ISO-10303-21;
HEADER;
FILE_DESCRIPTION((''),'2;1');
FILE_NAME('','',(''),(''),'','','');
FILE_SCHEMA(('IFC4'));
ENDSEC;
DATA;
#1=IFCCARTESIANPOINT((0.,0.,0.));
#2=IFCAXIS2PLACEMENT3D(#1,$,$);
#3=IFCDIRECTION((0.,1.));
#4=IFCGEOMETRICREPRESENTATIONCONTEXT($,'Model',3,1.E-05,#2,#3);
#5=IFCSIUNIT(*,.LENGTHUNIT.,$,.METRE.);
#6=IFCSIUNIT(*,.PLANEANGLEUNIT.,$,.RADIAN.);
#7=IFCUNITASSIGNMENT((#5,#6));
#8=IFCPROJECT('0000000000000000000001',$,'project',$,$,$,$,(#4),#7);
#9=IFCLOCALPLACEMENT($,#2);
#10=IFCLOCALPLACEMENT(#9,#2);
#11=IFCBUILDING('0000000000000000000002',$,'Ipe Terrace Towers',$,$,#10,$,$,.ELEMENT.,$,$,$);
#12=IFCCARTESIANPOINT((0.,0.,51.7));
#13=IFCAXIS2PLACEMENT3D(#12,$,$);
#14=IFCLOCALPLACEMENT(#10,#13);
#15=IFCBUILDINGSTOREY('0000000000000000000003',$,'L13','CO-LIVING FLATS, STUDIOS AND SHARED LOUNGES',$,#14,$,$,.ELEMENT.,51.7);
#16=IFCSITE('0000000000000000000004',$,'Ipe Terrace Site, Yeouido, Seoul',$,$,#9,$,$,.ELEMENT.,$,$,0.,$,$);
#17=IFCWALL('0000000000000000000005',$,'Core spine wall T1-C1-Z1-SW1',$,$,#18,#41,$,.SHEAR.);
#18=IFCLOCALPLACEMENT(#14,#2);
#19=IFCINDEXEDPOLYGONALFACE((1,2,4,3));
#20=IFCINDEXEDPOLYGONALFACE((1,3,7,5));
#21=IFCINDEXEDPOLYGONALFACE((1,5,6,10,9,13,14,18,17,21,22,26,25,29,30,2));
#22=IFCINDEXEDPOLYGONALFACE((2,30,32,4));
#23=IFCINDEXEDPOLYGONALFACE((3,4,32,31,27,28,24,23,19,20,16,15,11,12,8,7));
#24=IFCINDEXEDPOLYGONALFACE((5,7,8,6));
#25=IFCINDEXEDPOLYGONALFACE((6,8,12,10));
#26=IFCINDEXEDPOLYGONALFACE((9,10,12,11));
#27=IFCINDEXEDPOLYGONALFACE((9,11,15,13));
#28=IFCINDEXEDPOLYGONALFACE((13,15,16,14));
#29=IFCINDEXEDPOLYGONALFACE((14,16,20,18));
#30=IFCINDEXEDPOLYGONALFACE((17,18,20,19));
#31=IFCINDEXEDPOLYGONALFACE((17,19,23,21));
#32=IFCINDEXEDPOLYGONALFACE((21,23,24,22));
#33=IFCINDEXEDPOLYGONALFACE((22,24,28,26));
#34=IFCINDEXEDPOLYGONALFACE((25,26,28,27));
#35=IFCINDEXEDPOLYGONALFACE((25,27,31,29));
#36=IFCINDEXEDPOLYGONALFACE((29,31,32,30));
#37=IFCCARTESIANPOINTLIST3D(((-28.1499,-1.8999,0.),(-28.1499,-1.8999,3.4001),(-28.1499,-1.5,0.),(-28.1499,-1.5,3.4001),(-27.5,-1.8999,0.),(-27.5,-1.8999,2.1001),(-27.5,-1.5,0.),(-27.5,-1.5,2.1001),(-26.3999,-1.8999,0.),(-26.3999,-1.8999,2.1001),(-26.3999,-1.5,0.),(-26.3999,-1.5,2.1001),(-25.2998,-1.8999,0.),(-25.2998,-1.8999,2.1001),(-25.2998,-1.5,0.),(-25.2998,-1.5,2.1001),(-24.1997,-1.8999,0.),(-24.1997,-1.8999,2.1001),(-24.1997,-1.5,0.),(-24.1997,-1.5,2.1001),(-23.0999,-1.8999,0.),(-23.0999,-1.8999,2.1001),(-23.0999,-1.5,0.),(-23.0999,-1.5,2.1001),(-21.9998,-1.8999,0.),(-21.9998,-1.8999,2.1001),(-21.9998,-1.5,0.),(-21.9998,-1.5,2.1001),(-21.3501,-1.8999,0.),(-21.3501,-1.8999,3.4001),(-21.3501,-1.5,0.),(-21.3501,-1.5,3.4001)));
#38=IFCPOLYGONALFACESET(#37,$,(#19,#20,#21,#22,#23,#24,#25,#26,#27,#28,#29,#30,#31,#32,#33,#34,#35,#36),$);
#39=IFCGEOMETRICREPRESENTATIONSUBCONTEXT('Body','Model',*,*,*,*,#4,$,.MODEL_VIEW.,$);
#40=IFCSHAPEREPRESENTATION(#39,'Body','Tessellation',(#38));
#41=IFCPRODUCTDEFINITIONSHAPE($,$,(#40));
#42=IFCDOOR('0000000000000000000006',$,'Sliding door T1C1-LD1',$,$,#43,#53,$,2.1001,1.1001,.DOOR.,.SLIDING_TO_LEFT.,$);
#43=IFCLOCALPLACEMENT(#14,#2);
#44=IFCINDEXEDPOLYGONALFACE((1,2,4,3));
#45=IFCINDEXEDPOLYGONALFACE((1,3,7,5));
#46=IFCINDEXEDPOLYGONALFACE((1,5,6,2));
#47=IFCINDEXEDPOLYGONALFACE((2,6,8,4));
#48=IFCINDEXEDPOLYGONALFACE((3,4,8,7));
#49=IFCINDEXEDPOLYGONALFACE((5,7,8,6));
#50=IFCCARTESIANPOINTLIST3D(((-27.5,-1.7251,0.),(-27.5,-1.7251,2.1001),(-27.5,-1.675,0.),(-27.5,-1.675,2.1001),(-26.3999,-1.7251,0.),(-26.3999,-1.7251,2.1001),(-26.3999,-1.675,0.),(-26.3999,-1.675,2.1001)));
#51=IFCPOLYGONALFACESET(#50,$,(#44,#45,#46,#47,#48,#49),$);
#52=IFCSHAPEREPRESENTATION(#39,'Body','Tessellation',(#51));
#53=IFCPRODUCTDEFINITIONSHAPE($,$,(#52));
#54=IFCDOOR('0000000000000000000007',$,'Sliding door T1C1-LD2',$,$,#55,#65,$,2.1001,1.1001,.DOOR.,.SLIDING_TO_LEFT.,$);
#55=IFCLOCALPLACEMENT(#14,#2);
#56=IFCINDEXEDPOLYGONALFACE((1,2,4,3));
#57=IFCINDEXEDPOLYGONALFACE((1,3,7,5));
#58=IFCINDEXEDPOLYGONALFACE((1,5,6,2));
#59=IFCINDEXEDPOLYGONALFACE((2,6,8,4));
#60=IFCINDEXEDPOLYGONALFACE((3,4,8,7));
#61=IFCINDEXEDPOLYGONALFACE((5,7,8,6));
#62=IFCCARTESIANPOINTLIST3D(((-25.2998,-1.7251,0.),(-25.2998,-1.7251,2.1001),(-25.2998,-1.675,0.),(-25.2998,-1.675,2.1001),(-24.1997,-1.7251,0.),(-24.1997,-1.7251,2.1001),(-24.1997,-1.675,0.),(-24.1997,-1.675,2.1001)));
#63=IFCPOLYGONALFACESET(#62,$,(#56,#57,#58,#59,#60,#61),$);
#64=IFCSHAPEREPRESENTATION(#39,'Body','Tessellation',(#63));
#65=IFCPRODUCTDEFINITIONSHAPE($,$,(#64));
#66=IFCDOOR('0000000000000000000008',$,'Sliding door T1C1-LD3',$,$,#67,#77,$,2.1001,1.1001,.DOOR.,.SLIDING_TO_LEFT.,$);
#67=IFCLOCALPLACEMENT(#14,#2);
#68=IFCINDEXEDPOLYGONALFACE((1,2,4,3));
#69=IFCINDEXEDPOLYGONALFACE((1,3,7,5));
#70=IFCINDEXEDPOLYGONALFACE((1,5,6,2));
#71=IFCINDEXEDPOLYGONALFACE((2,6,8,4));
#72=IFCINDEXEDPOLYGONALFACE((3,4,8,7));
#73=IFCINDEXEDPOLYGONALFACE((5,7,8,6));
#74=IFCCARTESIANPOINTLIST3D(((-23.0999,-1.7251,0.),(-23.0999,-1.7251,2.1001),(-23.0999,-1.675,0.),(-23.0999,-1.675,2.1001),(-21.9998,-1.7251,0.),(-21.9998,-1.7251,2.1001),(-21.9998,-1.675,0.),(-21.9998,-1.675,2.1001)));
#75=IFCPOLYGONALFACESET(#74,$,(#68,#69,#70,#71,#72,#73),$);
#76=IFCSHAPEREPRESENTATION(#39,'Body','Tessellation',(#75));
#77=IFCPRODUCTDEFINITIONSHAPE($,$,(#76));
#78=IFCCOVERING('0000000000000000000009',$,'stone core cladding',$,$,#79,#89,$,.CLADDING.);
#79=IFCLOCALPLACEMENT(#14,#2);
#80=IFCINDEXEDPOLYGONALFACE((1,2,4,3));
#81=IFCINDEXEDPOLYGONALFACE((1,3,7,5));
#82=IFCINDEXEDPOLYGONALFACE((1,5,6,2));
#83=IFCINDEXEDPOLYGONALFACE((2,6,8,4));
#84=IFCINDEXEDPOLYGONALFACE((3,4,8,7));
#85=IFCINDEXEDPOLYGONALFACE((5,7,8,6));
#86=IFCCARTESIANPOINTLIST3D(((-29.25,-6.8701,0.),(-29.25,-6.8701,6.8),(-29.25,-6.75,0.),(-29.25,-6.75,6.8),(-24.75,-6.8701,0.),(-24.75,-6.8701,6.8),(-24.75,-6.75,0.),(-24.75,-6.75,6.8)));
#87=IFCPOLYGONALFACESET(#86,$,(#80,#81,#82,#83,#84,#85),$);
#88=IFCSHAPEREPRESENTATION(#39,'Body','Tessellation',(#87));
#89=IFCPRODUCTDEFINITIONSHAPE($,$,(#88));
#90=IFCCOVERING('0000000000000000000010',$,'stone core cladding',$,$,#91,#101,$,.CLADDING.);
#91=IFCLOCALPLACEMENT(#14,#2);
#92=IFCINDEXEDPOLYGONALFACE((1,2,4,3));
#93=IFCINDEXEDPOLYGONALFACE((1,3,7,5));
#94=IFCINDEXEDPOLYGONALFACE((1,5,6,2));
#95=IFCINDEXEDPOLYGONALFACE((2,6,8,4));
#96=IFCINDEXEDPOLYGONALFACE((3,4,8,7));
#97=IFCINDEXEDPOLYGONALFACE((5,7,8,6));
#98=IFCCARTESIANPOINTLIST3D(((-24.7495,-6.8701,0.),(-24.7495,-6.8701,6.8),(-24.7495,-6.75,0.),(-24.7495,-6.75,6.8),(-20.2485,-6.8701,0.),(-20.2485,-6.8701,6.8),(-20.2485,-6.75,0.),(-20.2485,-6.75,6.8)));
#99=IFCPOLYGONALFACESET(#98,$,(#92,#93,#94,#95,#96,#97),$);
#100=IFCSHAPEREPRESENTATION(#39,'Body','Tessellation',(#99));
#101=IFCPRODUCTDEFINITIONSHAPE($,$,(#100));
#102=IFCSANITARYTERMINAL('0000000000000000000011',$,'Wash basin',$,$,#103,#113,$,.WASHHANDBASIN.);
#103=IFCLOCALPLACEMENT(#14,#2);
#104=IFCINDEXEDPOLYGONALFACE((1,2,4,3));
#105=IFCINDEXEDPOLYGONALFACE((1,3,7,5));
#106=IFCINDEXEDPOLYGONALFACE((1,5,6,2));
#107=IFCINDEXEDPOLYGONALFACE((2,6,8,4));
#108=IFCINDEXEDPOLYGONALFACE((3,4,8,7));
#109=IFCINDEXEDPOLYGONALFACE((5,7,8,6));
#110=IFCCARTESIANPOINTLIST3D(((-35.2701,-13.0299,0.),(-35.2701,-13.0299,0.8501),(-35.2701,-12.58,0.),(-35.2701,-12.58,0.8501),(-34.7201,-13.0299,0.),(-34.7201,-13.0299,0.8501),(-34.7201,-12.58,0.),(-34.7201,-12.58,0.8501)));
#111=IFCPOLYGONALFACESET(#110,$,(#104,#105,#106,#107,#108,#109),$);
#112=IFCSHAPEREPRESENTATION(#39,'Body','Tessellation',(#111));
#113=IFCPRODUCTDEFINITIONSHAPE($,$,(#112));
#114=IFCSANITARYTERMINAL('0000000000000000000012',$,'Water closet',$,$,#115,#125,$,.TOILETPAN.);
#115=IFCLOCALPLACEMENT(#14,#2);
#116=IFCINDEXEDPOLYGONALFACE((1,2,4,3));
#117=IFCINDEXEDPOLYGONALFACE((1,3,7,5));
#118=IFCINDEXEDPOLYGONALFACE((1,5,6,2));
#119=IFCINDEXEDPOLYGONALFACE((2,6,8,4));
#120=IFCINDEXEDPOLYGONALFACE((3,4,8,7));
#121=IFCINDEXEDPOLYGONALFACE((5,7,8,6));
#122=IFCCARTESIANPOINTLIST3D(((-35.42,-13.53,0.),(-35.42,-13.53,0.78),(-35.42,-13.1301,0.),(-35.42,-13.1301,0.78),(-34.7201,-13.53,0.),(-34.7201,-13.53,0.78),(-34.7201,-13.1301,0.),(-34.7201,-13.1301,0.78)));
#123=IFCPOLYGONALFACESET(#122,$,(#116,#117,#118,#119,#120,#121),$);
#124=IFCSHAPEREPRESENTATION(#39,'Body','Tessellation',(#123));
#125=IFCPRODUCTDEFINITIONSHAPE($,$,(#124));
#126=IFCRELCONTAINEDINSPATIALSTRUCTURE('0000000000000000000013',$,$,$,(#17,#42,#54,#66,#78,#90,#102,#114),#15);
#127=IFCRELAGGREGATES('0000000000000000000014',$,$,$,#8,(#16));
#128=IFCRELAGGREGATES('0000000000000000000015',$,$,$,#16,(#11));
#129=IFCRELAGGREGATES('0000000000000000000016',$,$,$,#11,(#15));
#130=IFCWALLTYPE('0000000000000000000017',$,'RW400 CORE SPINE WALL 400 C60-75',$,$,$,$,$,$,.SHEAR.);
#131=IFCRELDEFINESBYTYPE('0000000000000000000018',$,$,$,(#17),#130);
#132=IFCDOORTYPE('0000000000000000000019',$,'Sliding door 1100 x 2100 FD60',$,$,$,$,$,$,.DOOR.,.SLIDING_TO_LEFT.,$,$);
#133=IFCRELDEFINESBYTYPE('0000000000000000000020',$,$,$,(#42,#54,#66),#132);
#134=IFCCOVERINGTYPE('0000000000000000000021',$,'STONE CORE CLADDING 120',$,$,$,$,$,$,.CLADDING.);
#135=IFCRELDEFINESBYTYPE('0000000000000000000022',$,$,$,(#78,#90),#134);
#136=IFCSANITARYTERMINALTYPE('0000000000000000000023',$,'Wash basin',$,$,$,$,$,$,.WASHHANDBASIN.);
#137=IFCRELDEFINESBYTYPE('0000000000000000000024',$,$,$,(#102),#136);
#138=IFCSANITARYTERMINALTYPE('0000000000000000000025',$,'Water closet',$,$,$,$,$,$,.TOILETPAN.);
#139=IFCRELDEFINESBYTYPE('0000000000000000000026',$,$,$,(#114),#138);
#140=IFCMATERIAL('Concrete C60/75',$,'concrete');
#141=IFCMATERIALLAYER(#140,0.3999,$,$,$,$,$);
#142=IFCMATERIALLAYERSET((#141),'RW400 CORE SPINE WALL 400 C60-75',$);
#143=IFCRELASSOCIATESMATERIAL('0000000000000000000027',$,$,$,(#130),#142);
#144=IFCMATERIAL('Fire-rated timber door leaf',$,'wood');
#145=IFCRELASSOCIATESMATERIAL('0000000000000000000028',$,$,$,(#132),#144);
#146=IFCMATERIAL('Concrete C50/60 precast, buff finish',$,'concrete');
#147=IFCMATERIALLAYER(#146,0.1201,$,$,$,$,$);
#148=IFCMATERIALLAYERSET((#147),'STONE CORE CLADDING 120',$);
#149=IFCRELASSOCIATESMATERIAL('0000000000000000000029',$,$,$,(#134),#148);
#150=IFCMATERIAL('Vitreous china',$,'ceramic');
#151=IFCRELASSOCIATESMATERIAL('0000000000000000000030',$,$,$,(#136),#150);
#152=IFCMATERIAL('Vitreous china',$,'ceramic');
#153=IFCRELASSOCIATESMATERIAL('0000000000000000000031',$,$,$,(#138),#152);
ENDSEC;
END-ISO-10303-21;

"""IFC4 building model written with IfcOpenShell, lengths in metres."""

from ifc_helpers import new_model, si_unit, direction, frame, frame_2d, origin, origin_2d, place, context, subcontext, project, spatial, rectangle, extrude, material, layer, layer_set, type_object, element, fill, save


model = new_model("IFC4")

# Units and contexts
model_context = context("Model", 3, precision=1e-05, world=origin(), true_north=direction((0.0, 1.0)))
body_context = subcontext(model_context, "Body", "Model", "MODEL_VIEW")
ifc_project = project(units=[si_unit("LENGTHUNIT", "METRE"), si_unit("PLANEANGLEUNIT", "RADIAN")], contexts=[model_context])

# Site, building, storey
site_placement = place(None, origin())
site = spatial("IfcSite", under=ifc_project, at=site_placement, Name="Ipe Terrace Site, Yeouido, Seoul", CompositionType="ELEMENT", RefElevation=0.0)
building_placement = place(site_placement, origin())
building = spatial("IfcBuilding", under=site, at=building_placement, Name="Ipe Terrace Towers", CompositionType="ELEMENT")
storey_placement = place(building_placement, frame((0.0, 0.0, 51.7)))
storey = spatial("IfcBuildingStorey", under=building, at=storey_placement, Name="L13", Description="CO-LIVING FLATS, STUDIOS AND SHARED LOUNGES", CompositionType="ELEMENT", Elevation=51.7)

# Wall, openings, doors
ifc_material_1 = material(Name="Concrete C60/75", Category="concrete")
ifc_layer_1 = layer(ifc_material_1, 0.3999)
ifc_layer_set_1 = layer_set([ifc_layer_1], Name="RW400 CORE SPINE WALL 400 C60-75")
wall_type_1 = type_object("IfcWallType", Name="RW400 CORE SPINE WALL 400 C60-75", PredefinedType="SHEAR", material=ifc_layer_set_1)
wall_1_placement = place(storey_placement, frame((-28.1499, -1.7, 0.0), z_axis=(0.0, 0.0, 1.0), x_axis=(1.0, 0.0, 0.0)))
wall_1 = element("IfcWall", 1, at=wall_1_placement, inside=storey, type_object=wall_type_1, Name="Core spine wall T1-C1-Z1-SW1", PredefinedType="SHEAR", context=body_context, shape_type="SweptSolid", body=[
    extrude(rectangle(XDim=6.7998, YDim=0.3999, at=frame_2d((3.3999, 0.0))), origin(), (0.0, 0.0, 1.0), 3.4001),
])
opening_1_placement = place(wall_1_placement, frame((0.6499, 0.0, 0.0)))
opening_1 = element("IfcOpeningElement", 2, at=opening_1_placement, cuts=wall_1, PredefinedType="OPENING", context=body_context, shape_type="SweptSolid", body=[
    extrude(rectangle(XDim=1.1001, YDim=2.1001, at=frame_2d((0.55, 1.05))), frame((0.0, 0.21, 0.0), z_axis=(0.0, -1.0, 0.0), x_axis=(1.0, 0.0, 0.0)), (0.0, 0.0, 1.0), 0.4199),
])
opening_2_placement = place(wall_1_placement, frame((2.8501, 0.0, 0.0)))
opening_2 = element("IfcOpeningElement", 3, at=opening_2_placement, cuts=wall_1, PredefinedType="OPENING", context=body_context, shape_type="SweptSolid", body=[
    extrude(rectangle(XDim=1.1001, YDim=2.1001, at=frame_2d((0.55, 1.05))), frame((0.0, 0.21, 0.0), z_axis=(0.0, -1.0, 0.0), x_axis=(1.0, 0.0, 0.0)), (0.0, 0.0, 1.0), 0.4199),
])
opening_3_placement = place(wall_1_placement, frame((5.05, 0.0, 0.0)))
opening_3 = element("IfcOpeningElement", 4, at=opening_3_placement, cuts=wall_1, PredefinedType="OPENING", context=body_context, shape_type="SweptSolid", body=[
    extrude(rectangle(XDim=1.1001, YDim=2.1001, at=frame_2d((0.55, 1.05))), frame((0.0, 0.21, 0.0), z_axis=(0.0, -1.0, 0.0), x_axis=(1.0, 0.0, 0.0)), (0.0, 0.0, 1.0), 0.4199),
])
ifc_material_2 = material(Name="Fire-rated timber door leaf", Category="wood")
door_type_1 = type_object("IfcDoorType", Name="Sliding door 1100 x 2100 FD60", OperationType="SLIDING_TO_LEFT", PredefinedType="DOOR", material=ifc_material_2)
door_1_placement = place(opening_1_placement, origin())
door_1 = element("IfcDoor", 5, at=door_1_placement, inside=storey, type_object=door_type_1, Name="Sliding door T1C1-LD1", OperationType="SLIDING_TO_LEFT", OverallHeight=2.1001, OverallWidth=1.1001, PredefinedType="DOOR", context=body_context, shape_type="SweptSolid", body=[
    extrude(rectangle(XDim=1.1001, YDim=2.1001, at=frame_2d((0.55, 1.05))), frame((0.0, 0.0249, 0.0), z_axis=(0.0, -1.0, 0.0), x_axis=(1.0, 0.0, 0.0)), (0.0, 0.0, 1.0), 0.05),
])
fill(opening_1, door_1)
door_2_placement = place(opening_2_placement, origin())
door_2 = element("IfcDoor", 6, at=door_2_placement, inside=storey, type_object=door_type_1, Name="Sliding door T1C1-LD2", OperationType="SLIDING_TO_LEFT", OverallHeight=2.1001, OverallWidth=1.1001, PredefinedType="DOOR", context=body_context, shape_type="SweptSolid", body=[
    extrude(rectangle(XDim=1.1001, YDim=2.1001, at=frame_2d((0.55, 1.05))), frame((0.0, 0.0249, 0.0), z_axis=(0.0, -1.0, 0.0), x_axis=(1.0, 0.0, 0.0)), (0.0, 0.0, 1.0), 0.05),
])
fill(opening_2, door_2)
door_3_placement = place(opening_3_placement, origin())
door_3 = element("IfcDoor", 7, at=door_3_placement, inside=storey, type_object=door_type_1, Name="Sliding door T1C1-LD3", OperationType="SLIDING_TO_LEFT", OverallHeight=2.1001, OverallWidth=1.1001, PredefinedType="DOOR", context=body_context, shape_type="SweptSolid", body=[
    extrude(rectangle(XDim=1.1001, YDim=2.1001, at=frame_2d((0.55, 1.05))), frame((0.0, 0.0249, 0.0), z_axis=(0.0, -1.0, 0.0), x_axis=(1.0, 0.0, 0.0)), (0.0, 0.0, 1.0), 0.05),
])
fill(opening_3, door_3)

# Coverings
ifc_material_3 = material(Name="Concrete C50/60 precast, buff finish", Category="concrete")
ifc_layer_2 = layer(ifc_material_3, 0.1201)
ifc_layer_set_2 = layer_set([ifc_layer_2], Name="STONE CORE CLADDING 120")
covering_type = type_object("IfcCoveringType", Name="STONE CORE CLADDING 120", PredefinedType="CLADDING", material=ifc_layer_set_2)
covering_1_placement = place(storey_placement, frame((-27.0, -6.8101, 0.0), z_axis=(0.0, 0.0, 1.0), x_axis=(1.0, 0.0, 0.0)))
element("IfcCovering", 8, at=covering_1_placement, inside=storey, type_object=covering_type, Name="stone core cladding", PredefinedType="CLADDING", context=body_context, shape_type="SweptSolid", body=[
    extrude(rectangle(XDim=4.5, YDim=0.1201, at=origin_2d()), origin(), (0.0, 0.0, 1.0), 6.8),
])
covering_2_placement = place(storey_placement, frame((-22.499, -6.8101, 0.0), z_axis=(0.0, 0.0, 1.0), x_axis=(1.0, 0.0, 0.0)))
element("IfcCovering", 9, at=covering_2_placement, inside=storey, type_object=covering_type, Name="stone core cladding", PredefinedType="CLADDING", context=body_context, shape_type="SweptSolid", body=[
    extrude(rectangle(XDim=4.501, YDim=0.1201, at=origin_2d()), origin(), (0.0, 0.0, 1.0), 6.8),
])

# Sanitary terminals
ifc_material_4 = material(Name="Vitreous china", Category="ceramic")
sanitary_terminal_type_1 = type_object("IfcSanitaryTerminalType", Name="Wash basin", PredefinedType="WASHHANDBASIN", material=ifc_material_4)
sanitary_terminal_1_placement = place(storey_placement, frame((-34.9951, -12.8049, 0.0), z_axis=(0.0, 0.0, 1.0), x_axis=(-1.0, 0.0, 0.0)))
element("IfcSanitaryTerminal", 10, at=sanitary_terminal_1_placement, inside=storey, type_object=sanitary_terminal_type_1, Name="Wash basin", PredefinedType="WASHHANDBASIN", context=body_context, shape_type="SweptSolid", body=[
    extrude(rectangle(XDim=0.55, YDim=0.45, at=origin_2d()), origin(), (0.0, 0.0, 1.0), 0.8501),
])
ifc_material_5 = material(Name="Vitreous china", Category="ceramic")
sanitary_terminal_type_2 = type_object("IfcSanitaryTerminalType", Name="Water closet", PredefinedType="TOILETPAN", material=ifc_material_5)
sanitary_terminal_2_placement = place(storey_placement, frame((-35.0701, -13.3301, 0.0), z_axis=(0.0, 0.0, 1.0), x_axis=(-1.0, 0.0, 0.0)))
element("IfcSanitaryTerminal", 11, at=sanitary_terminal_2_placement, inside=storey, type_object=sanitary_terminal_type_2, Name="Water closet", PredefinedType="TOILETPAN", context=body_context, shape_type="SweptSolid", body=[
    extrude(rectangle(XDim=0.7, YDim=0.3999, at=origin_2d()), origin(), (0.0, 0.0, 1.0), 0.78),
])

save(model, "model.ifc")
